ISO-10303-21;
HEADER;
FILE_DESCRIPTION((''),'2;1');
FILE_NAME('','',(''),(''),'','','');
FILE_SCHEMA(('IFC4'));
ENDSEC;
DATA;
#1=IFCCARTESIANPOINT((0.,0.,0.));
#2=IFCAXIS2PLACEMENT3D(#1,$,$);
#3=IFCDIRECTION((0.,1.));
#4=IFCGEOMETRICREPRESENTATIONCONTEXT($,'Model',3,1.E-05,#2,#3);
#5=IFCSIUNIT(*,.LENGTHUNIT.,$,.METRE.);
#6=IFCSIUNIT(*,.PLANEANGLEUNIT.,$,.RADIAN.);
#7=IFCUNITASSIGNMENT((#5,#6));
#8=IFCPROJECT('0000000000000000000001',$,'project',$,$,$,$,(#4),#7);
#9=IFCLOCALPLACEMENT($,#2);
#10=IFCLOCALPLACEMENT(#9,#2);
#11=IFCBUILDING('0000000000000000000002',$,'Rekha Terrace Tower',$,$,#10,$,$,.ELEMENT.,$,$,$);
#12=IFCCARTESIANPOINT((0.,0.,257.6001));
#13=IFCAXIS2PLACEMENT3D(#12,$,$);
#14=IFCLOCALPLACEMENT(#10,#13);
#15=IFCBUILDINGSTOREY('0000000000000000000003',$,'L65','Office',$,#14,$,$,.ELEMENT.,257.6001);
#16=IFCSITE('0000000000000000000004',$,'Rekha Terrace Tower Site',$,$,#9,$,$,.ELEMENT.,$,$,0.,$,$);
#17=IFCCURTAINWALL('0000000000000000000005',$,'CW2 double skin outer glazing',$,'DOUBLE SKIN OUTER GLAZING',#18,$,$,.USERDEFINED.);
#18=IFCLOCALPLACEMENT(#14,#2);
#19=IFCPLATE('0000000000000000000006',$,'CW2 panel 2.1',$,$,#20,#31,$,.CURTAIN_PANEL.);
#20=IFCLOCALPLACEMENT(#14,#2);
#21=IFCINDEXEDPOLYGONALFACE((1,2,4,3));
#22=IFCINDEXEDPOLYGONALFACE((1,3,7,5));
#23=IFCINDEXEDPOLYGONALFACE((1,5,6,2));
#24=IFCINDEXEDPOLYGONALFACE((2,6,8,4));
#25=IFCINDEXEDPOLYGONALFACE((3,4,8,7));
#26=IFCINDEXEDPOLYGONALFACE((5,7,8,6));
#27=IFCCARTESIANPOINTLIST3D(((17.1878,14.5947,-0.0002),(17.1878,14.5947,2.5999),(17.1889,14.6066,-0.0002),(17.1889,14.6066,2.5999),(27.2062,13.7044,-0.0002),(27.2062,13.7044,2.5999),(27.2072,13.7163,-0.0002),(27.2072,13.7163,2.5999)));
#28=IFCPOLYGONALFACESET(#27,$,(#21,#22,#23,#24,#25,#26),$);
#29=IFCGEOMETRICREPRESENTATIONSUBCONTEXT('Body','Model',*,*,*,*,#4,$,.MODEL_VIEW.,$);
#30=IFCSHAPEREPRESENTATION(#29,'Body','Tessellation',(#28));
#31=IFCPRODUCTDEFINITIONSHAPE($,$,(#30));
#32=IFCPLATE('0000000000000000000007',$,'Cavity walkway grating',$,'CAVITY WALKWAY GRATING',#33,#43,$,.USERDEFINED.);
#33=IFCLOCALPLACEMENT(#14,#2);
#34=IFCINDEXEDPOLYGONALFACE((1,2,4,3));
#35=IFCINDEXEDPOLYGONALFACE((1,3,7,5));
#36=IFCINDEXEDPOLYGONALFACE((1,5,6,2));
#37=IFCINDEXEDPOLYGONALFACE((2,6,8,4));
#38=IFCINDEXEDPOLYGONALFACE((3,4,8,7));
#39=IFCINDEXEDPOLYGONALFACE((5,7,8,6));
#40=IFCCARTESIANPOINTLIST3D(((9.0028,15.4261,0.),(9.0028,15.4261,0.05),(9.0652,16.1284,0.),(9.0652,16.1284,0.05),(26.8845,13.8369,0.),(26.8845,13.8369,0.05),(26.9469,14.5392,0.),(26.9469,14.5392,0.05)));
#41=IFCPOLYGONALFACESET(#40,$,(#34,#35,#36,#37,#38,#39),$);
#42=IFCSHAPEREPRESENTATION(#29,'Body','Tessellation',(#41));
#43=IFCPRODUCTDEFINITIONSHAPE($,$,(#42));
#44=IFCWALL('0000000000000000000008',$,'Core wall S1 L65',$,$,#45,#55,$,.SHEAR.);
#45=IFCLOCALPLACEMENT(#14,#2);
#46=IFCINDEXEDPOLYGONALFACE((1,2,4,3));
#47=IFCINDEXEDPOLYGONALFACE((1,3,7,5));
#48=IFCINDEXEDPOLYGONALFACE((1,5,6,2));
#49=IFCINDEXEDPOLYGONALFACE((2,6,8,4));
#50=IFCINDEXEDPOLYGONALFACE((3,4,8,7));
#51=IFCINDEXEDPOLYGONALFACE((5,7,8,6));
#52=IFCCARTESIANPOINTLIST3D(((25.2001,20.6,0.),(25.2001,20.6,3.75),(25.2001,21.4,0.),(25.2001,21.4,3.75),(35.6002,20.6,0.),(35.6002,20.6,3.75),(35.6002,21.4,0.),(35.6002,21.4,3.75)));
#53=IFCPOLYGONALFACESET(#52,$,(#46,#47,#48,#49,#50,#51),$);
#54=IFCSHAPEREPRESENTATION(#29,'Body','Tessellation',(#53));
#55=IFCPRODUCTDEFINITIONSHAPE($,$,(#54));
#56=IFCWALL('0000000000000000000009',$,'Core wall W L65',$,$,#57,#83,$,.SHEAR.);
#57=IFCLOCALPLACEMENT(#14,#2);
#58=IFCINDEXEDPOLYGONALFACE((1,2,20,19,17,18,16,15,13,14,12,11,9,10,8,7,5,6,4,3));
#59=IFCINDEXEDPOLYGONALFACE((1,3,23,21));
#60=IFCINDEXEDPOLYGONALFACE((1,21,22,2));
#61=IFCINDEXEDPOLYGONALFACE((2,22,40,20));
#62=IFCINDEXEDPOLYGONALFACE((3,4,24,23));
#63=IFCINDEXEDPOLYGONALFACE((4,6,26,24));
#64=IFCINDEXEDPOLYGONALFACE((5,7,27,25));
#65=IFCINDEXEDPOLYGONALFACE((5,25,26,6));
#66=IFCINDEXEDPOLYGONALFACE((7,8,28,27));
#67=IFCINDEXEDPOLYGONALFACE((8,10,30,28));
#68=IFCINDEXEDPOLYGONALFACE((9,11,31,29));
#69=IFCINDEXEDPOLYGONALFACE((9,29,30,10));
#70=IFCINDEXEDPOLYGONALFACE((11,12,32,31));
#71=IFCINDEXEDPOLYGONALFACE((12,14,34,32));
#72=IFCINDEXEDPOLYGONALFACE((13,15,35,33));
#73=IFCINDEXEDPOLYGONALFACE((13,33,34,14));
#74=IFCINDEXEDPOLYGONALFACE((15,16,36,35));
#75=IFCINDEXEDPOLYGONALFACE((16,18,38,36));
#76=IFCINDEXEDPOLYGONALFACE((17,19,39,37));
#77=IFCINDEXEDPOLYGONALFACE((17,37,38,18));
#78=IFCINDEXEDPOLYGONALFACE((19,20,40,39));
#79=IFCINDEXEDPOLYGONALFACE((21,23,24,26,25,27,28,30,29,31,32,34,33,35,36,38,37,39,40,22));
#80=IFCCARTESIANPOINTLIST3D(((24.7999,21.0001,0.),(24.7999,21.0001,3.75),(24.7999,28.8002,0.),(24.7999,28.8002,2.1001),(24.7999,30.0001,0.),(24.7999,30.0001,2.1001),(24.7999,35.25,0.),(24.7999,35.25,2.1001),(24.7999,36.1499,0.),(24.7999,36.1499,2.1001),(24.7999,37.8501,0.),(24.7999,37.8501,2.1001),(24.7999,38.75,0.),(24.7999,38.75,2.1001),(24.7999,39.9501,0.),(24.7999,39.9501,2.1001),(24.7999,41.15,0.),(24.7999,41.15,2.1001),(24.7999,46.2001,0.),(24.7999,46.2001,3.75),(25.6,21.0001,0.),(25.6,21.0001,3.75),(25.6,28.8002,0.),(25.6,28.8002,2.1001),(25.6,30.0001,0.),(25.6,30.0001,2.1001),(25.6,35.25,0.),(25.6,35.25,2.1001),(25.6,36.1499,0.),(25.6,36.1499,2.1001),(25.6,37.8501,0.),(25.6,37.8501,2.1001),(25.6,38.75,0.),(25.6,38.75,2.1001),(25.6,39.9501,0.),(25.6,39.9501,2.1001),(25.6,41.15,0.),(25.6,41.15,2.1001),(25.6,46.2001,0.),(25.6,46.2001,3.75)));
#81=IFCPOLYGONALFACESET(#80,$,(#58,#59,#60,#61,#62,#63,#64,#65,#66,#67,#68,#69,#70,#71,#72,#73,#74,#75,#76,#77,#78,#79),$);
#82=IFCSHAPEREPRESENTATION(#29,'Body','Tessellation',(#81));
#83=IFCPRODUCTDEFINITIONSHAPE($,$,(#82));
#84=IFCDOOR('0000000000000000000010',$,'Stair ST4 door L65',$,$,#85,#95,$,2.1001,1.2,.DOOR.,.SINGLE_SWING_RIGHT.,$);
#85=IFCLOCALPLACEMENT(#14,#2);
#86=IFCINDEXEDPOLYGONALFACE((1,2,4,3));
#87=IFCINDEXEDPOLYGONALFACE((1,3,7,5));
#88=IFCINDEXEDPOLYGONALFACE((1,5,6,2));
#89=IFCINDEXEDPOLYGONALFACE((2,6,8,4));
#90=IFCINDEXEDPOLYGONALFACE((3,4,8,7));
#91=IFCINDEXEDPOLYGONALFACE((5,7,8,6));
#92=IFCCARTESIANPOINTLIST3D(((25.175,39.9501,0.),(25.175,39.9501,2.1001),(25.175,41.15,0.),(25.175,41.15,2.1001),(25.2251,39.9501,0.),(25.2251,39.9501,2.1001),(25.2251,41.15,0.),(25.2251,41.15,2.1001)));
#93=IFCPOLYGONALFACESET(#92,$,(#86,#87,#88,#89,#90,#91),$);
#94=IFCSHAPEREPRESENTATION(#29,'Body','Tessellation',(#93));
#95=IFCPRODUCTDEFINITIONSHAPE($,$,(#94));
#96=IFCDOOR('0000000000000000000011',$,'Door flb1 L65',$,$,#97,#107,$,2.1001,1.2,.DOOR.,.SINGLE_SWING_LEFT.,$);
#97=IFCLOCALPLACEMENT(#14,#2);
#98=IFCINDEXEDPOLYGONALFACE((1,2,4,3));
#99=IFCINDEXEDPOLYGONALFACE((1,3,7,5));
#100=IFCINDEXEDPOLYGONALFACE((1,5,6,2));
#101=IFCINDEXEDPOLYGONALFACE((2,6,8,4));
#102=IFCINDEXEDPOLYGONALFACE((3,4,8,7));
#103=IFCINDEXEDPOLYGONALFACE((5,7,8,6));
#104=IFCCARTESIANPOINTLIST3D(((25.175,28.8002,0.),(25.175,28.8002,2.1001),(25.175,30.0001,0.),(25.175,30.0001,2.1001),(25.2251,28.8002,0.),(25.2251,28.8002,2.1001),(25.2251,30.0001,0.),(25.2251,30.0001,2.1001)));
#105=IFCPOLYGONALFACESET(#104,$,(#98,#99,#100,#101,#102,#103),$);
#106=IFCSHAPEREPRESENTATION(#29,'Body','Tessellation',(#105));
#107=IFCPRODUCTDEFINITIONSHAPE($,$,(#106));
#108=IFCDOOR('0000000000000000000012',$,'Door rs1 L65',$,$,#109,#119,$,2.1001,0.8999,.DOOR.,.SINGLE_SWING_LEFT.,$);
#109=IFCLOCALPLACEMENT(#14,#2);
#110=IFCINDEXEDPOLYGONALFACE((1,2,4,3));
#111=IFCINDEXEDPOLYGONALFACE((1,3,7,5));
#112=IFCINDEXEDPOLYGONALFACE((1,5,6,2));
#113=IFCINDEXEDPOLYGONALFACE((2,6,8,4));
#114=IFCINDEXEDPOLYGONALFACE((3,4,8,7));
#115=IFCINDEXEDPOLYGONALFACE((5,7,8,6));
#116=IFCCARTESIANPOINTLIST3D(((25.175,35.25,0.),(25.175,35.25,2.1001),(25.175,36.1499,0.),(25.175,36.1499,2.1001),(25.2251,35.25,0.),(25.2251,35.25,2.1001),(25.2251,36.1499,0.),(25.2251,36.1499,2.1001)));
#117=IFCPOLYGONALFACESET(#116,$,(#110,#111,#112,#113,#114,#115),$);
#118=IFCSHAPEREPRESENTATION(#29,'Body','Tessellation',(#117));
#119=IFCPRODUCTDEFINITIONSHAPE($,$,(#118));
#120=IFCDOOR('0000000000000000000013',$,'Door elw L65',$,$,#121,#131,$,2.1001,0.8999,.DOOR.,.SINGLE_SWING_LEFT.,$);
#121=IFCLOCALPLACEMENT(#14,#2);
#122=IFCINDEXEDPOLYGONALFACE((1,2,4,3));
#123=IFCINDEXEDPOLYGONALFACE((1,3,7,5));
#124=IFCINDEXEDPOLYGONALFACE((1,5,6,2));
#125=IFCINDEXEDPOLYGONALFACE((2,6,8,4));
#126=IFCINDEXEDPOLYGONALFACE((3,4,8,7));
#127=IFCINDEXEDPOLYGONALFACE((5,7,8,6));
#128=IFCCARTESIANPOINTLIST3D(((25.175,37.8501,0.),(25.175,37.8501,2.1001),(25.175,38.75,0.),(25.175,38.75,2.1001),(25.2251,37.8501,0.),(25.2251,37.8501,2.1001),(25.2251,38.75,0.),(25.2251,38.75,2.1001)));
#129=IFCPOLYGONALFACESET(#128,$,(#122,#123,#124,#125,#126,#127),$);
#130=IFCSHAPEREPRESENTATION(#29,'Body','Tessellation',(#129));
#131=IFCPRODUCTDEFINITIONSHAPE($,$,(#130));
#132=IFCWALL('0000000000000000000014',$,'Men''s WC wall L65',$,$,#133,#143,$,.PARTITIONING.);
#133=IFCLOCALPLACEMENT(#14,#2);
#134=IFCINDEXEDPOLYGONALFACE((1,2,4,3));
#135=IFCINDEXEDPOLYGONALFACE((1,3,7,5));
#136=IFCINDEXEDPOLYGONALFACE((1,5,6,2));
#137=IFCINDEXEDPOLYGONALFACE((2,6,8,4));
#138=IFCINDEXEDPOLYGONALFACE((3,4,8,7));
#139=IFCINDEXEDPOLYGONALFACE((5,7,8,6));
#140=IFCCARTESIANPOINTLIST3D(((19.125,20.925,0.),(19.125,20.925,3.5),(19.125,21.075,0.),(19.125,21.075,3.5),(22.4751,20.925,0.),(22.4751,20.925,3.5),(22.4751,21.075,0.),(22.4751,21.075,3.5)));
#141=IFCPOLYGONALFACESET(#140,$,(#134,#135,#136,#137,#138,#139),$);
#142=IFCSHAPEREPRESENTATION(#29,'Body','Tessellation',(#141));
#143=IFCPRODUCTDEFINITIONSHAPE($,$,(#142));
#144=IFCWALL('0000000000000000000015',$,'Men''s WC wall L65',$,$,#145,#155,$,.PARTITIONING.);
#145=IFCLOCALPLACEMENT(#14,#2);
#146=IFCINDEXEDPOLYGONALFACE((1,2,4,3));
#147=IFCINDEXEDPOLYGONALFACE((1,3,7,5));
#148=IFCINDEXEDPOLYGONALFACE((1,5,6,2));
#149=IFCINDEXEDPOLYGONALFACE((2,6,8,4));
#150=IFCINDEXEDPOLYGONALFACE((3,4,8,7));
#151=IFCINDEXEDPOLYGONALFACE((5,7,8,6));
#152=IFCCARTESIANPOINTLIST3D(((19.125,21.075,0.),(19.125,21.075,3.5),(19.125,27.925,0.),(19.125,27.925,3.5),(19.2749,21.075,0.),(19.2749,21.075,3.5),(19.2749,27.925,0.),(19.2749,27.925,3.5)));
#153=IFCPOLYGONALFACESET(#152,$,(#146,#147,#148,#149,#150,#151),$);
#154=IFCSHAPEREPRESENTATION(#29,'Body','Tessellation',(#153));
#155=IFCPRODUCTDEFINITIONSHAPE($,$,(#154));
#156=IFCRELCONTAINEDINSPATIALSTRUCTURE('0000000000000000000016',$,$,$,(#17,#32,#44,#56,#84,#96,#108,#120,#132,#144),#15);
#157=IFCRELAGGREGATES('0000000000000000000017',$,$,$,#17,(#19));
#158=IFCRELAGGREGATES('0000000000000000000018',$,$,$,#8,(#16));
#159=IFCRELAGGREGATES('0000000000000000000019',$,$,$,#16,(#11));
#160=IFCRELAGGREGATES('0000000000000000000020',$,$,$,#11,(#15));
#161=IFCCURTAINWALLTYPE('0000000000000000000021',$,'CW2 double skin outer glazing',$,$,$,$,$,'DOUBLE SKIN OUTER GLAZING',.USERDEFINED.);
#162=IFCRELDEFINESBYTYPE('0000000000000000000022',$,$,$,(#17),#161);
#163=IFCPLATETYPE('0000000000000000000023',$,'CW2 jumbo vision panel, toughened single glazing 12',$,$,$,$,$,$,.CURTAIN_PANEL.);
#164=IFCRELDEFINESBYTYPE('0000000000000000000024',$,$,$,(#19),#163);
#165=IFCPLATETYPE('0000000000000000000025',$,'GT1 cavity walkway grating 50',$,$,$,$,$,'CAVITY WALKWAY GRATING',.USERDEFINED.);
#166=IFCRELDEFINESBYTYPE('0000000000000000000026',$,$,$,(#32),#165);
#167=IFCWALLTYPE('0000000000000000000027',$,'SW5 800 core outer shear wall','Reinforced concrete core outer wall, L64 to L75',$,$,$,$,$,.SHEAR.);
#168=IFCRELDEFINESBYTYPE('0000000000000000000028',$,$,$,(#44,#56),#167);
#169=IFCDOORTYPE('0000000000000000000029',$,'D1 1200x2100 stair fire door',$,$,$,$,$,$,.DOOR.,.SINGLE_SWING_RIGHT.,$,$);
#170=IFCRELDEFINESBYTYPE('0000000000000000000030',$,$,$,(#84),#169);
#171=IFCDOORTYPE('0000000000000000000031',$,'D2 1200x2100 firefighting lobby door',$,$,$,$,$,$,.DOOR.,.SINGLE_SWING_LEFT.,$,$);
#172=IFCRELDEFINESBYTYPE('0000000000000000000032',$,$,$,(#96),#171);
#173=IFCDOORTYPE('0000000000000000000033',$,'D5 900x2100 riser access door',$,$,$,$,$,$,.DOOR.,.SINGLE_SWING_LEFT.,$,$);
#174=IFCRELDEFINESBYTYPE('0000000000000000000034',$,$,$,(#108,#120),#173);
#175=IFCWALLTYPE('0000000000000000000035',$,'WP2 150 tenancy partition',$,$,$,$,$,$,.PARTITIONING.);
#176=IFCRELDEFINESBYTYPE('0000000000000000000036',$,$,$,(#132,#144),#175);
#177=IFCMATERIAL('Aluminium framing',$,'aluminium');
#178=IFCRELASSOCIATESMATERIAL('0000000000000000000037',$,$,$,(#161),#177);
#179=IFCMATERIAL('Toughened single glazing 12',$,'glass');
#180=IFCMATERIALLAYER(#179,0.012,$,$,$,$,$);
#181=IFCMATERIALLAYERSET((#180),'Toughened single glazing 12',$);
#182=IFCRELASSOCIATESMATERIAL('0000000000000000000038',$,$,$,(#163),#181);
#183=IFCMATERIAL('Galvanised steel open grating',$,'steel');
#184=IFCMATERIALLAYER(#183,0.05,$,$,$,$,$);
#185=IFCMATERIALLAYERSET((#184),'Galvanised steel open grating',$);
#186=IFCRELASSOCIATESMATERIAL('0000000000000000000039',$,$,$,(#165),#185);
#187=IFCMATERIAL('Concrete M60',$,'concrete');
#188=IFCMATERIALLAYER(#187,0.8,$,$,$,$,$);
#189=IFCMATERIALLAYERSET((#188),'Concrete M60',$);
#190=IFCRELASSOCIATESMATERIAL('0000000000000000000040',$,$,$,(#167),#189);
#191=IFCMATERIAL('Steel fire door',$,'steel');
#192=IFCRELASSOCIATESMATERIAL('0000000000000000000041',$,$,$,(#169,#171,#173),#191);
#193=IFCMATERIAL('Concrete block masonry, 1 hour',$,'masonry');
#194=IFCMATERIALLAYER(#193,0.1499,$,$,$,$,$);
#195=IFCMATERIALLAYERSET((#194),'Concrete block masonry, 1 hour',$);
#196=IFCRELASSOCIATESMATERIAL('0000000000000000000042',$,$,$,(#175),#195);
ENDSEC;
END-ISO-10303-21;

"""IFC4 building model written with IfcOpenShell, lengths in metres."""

from ifc_helpers import new_model, si_unit, direction, frame, frame_2d, origin, origin_2d, place, context, subcontext, project, spatial, rectangle, extrude, material, layer, layer_set, type_object, element, fill, aggregate, save


model = new_model("IFC4")

# Units and contexts
model_context = context("Model", 3, precision=1e-05, world=origin(), true_north=direction((0.0, 1.0)))
body_context = subcontext(model_context, "Body", "Model", "MODEL_VIEW")
ifc_project = project(units=[si_unit("LENGTHUNIT", "METRE"), si_unit("PLANEANGLEUNIT", "RADIAN")], contexts=[model_context])

# Site, building, storey
site_placement = place(None, origin())
site = spatial("IfcSite", under=ifc_project, at=site_placement, Name="Rekha Terrace Tower Site", CompositionType="ELEMENT", RefElevation=0.0)
building_placement = place(site_placement, origin())
building = spatial("IfcBuilding", under=site, at=building_placement, Name="Rekha Terrace Tower", CompositionType="ELEMENT")
storey_placement = place(building_placement, frame((0.0, 0.0, 257.6001)))
storey = spatial("IfcBuildingStorey", under=building, at=storey_placement, Name="L65", Description="Office", CompositionType="ELEMENT", Elevation=257.6001)

# Shared definitions
ifc_material_1 = material(Name="Aluminium framing", Category="aluminium")

# Curtain wall
curtain_wall_type_1 = type_object("IfcCurtainWallType", Name="CW2 double skin outer glazing", ElementType="DOUBLE SKIN OUTER GLAZING", PredefinedType="USERDEFINED", material=ifc_material_1)
curtain_wall_1_placement = place(storey_placement, origin())
curtain_wall_1 = element("IfcCurtainWall", 1, at=curtain_wall_1_placement, inside=storey, type_object=curtain_wall_type_1, Name="CW2 double skin outer glazing", ObjectType="DOUBLE SKIN OUTER GLAZING", PredefinedType="USERDEFINED")

# Plates
ifc_material_2 = material(Name="Toughened single glazing 12", Category="glass")
ifc_layer_1 = layer(ifc_material_2, 0.012)
ifc_layer_set_1 = layer_set([ifc_layer_1], Name="Toughened single glazing 12")
plate_type_1 = type_object("IfcPlateType", Name="CW2 jumbo vision panel, toughened single glazing 12", PredefinedType="CURTAIN_PANEL", material=ifc_layer_set_1)
plate_1_placement = place(storey_placement, frame((22.1975, 14.1555, -0.0002), z_axis=(0.0, 0.0, 1.0), x_axis=(0.996074, -0.088522, 0.0)))
plate_1 = element("IfcPlate", 2, at=plate_1_placement, type_object=plate_type_1, Name="CW2 panel 2.1", PredefinedType="CURTAIN_PANEL", context=body_context, shape_type="SweptSolid", body=[
    extrude(rectangle(XDim=10.0579, YDim=0.012, at=origin_2d()), origin(), (0.0, 0.0, 1.0), 2.6001),
])
aggregate(curtain_wall_1, [plate_1])
ifc_material_3 = material(Name="Galvanised steel open grating", Category="steel")
ifc_layer_2 = layer(ifc_material_3, 0.05)
ifc_layer_set_2 = layer_set([ifc_layer_2], Name="Galvanised steel open grating")
plate_type_2 = type_object("IfcPlateType", Name="GT1 cavity walkway grating 50", ElementType="CAVITY WALKWAY GRATING", PredefinedType="USERDEFINED", material=ifc_layer_set_2)
plate_2_placement = place(storey_placement, frame((17.9749, 14.9827, 0.0), z_axis=(0.0, 0.0, 1.0), x_axis=(0.996074, -0.088522, 0.0)))
element("IfcPlate", 3, at=plate_2_placement, inside=storey, type_object=plate_type_2, Name="Cavity walkway grating", ObjectType="CAVITY WALKWAY GRATING", PredefinedType="USERDEFINED", context=body_context, shape_type="SweptSolid", body=[
    extrude(rectangle(XDim=17.9521, YDim=0.7051, at=origin_2d()), origin(), (0.0, 0.0, 1.0), 0.05),
])

# Wall
ifc_material_4 = material(Name="Concrete M60", Category="concrete")
ifc_layer_3 = layer(ifc_material_4, 0.8)
ifc_layer_set_3 = layer_set([ifc_layer_3], Name="Concrete M60")
wall_type_1 = type_object("IfcWallType", Name="SW5 800 core outer shear wall", Description="Reinforced concrete core outer wall, L64 to L75", PredefinedType="SHEAR", material=ifc_layer_set_3)
wall_1_placement = place(storey_placement, frame((25.2, 21.0, 0.0), z_axis=(0.0, 0.0, 1.0), x_axis=(1.0, 0.0, 0.0)))
element("IfcWall", 4, at=wall_1_placement, inside=storey, type_object=wall_type_1, Name="Core wall S1 L65", PredefinedType="SHEAR", context=body_context, shape_type="SweptSolid", body=[
    extrude(rectangle(XDim=10.4001, YDim=0.8, at=frame_2d((5.2002, 0.0))), origin(), (0.0, 0.0, 1.0), 3.75),
])

# Wall, openings, doors
wall_2_placement = place(storey_placement, frame((25.2, 21.0, 0.0), z_axis=(0.0, 0.0, 1.0), x_axis=(0.0, 1.0, 0.0)))
wall_2 = element("IfcWall", 5, at=wall_2_placement, inside=storey, type_object=wall_type_1, Name="Core wall W L65", PredefinedType="SHEAR", context=body_context, shape_type="SweptSolid", body=[
    extrude(rectangle(XDim=25.2, YDim=0.8, at=frame_2d((12.6001, 0.0))), origin(), (0.0, 0.0, 1.0), 3.75),
])
opening_1_placement = place(wall_2_placement, frame((7.8, 0.0, 0.0)))
opening_1 = element("IfcOpeningElement", 6, at=opening_1_placement, cuts=wall_2, PredefinedType="OPENING", context=body_context, shape_type="SweptSolid", body=[
    extrude(rectangle(XDim=1.2, YDim=2.1001, at=frame_2d((0.6001, 1.05))), frame((0.0, 0.4099, 0.0), z_axis=(0.0, -1.0, 0.0), x_axis=(1.0, 0.0, 0.0)), (0.0, 0.0, 1.0), 0.8201),
])
opening_2_placement = place(wall_2_placement, frame((14.25, 0.0, 0.0)))
opening_2 = element("IfcOpeningElement", 7, at=opening_2_placement, cuts=wall_2, PredefinedType="OPENING", context=body_context, shape_type="SweptSolid", body=[
    extrude(rectangle(XDim=0.8999, YDim=2.1001, at=frame_2d((0.45, 1.05))), frame((0.0, 0.4099, 0.0), z_axis=(0.0, -1.0, 0.0), x_axis=(1.0, 0.0, 0.0)), (0.0, 0.0, 1.0), 0.8201),
])
opening_3_placement = place(wall_2_placement, frame((16.8501, 0.0, 0.0)))
opening_3 = element("IfcOpeningElement", 8, at=opening_3_placement, cuts=wall_2, PredefinedType="OPENING", context=body_context, shape_type="SweptSolid", body=[
    extrude(rectangle(XDim=0.8999, YDim=2.1001, at=frame_2d((0.45, 1.05))), frame((0.0, 0.4099, 0.0), z_axis=(0.0, -1.0, 0.0), x_axis=(1.0, 0.0, 0.0)), (0.0, 0.0, 1.0), 0.8201),
])
opening_4_placement = place(wall_2_placement, frame((18.95, 0.0, 0.0)))
opening_4 = element("IfcOpeningElement", 9, at=opening_4_placement, cuts=wall_2, PredefinedType="OPENING", context=body_context, shape_type="SweptSolid", body=[
    extrude(rectangle(XDim=1.2, YDim=2.1001, at=frame_2d((0.6001, 1.05))), frame((0.0, 0.4099, 0.0), z_axis=(0.0, -1.0, 0.0), x_axis=(1.0, 0.0, 0.0)), (0.0, 0.0, 1.0), 0.8201),
])
ifc_material_5 = material(Name="Steel fire door", Category="steel")
door_type_1 = type_object("IfcDoorType", Name="D1 1200x2100 stair fire door", OperationType="SINGLE_SWING_RIGHT", PredefinedType="DOOR", material=ifc_material_5)
door_1_placement = place(opening_4_placement, origin())
door_1 = element("IfcDoor", 10, at=door_1_placement, inside=storey, type_object=door_type_1, Name="Stair ST4 door L65", OperationType="SINGLE_SWING_RIGHT", OverallHeight=2.1001, OverallWidth=1.2, PredefinedType="DOOR", context=body_context, shape_type="SweptSolid", body=[
    extrude(rectangle(XDim=1.2, YDim=2.1001, at=frame_2d((0.6001, 1.05))), frame((0.0, 0.0249, 0.0), z_axis=(0.0, -1.0, 0.0), x_axis=(1.0, 0.0, 0.0)), (0.0, 0.0, 1.0), 0.05),
])
fill(opening_4, door_1)
door_type_2 = type_object("IfcDoorType", Name="D2 1200x2100 firefighting lobby door", OperationType="SINGLE_SWING_LEFT", PredefinedType="DOOR", material=ifc_material_5)
door_2_placement = place(opening_1_placement, origin())
door_2 = element("IfcDoor", 11, at=door_2_placement, inside=storey, type_object=door_type_2, Name="Door flb1 L65", OperationType="SINGLE_SWING_LEFT", OverallHeight=2.1001, OverallWidth=1.2, PredefinedType="DOOR", context=body_context, shape_type="SweptSolid", body=[
    extrude(rectangle(XDim=1.2, YDim=2.1001, at=frame_2d((0.6001, 1.05))), frame((0.0, 0.0249, 0.0), z_axis=(0.0, -1.0, 0.0), x_axis=(1.0, 0.0, 0.0)), (0.0, 0.0, 1.0), 0.05),
])
fill(opening_1, door_2)
door_type_3 = type_object("IfcDoorType", Name="D5 900x2100 riser access door", OperationType="SINGLE_SWING_LEFT", PredefinedType="DOOR", material=ifc_material_5)
door_3_placement = place(opening_2_placement, origin())
door_3 = element("IfcDoor", 12, at=door_3_placement, inside=storey, type_object=door_type_3, Name="Door rs1 L65", OperationType="SINGLE_SWING_LEFT", OverallHeight=2.1001, OverallWidth=0.8999, PredefinedType="DOOR", context=body_context, shape_type="SweptSolid", body=[
    extrude(rectangle(XDim=0.8999, YDim=2.1001, at=frame_2d((0.45, 1.05))), frame((0.0, 0.0249, 0.0), z_axis=(0.0, -1.0, 0.0), x_axis=(1.0, 0.0, 0.0)), (0.0, 0.0, 1.0), 0.05),
])
fill(opening_2, door_3)
door_4_placement = place(opening_3_placement, origin())
door_4 = element("IfcDoor", 13, at=door_4_placement, inside=storey, type_object=door_type_3, Name="Door elw L65", OperationType="SINGLE_SWING_LEFT", OverallHeight=2.1001, OverallWidth=0.8999, PredefinedType="DOOR", context=body_context, shape_type="SweptSolid", body=[
    extrude(rectangle(XDim=0.8999, YDim=2.1001, at=frame_2d((0.45, 1.05))), frame((0.0, 0.0249, 0.0), z_axis=(0.0, -1.0, 0.0), x_axis=(1.0, 0.0, 0.0)), (0.0, 0.0, 1.0), 0.05),
])
fill(opening_3, door_4)

# Walls
ifc_material_6 = material(Name="Concrete block masonry, 1 hour", Category="masonry")
ifc_layer_4 = layer(ifc_material_6, 0.1499)
ifc_layer_set_4 = layer_set([ifc_layer_4], Name="Concrete block masonry, 1 hour")
wall_type_2 = type_object("IfcWallType", Name="WP2 150 tenancy partition", PredefinedType="PARTITIONING", material=ifc_layer_set_4)
wall_3_placement = place(storey_placement, frame((19.125, 21.0, 0.0), z_axis=(0.0, 0.0, 1.0), x_axis=(1.0, 0.0, 0.0)))
element("IfcWall", 14, at=wall_3_placement, inside=storey, type_object=wall_type_2, Name="Men's WC wall L65", PredefinedType="PARTITIONING", context=body_context, shape_type="SweptSolid", body=[
    extrude(rectangle(XDim=3.3501, YDim=0.1499, at=frame_2d((1.675, 0.0))), origin(), (0.0, 0.0, 1.0), 3.5),
])
wall_4_placement = place(storey_placement, frame((19.2, 21.075, 0.0), z_axis=(0.0, 0.0, 1.0), x_axis=(0.0, 1.0, 0.0)))
element("IfcWall", 15, at=wall_4_placement, inside=storey, type_object=wall_type_2, Name="Men's WC wall L65", PredefinedType="PARTITIONING", context=body_context, shape_type="SweptSolid", body=[
    extrude(rectangle(XDim=6.8501, YDim=0.1499, at=frame_2d((3.425, 0.0))), origin(), (0.0, 0.0, 1.0), 3.5),
])

save(model, "model.ifc")
